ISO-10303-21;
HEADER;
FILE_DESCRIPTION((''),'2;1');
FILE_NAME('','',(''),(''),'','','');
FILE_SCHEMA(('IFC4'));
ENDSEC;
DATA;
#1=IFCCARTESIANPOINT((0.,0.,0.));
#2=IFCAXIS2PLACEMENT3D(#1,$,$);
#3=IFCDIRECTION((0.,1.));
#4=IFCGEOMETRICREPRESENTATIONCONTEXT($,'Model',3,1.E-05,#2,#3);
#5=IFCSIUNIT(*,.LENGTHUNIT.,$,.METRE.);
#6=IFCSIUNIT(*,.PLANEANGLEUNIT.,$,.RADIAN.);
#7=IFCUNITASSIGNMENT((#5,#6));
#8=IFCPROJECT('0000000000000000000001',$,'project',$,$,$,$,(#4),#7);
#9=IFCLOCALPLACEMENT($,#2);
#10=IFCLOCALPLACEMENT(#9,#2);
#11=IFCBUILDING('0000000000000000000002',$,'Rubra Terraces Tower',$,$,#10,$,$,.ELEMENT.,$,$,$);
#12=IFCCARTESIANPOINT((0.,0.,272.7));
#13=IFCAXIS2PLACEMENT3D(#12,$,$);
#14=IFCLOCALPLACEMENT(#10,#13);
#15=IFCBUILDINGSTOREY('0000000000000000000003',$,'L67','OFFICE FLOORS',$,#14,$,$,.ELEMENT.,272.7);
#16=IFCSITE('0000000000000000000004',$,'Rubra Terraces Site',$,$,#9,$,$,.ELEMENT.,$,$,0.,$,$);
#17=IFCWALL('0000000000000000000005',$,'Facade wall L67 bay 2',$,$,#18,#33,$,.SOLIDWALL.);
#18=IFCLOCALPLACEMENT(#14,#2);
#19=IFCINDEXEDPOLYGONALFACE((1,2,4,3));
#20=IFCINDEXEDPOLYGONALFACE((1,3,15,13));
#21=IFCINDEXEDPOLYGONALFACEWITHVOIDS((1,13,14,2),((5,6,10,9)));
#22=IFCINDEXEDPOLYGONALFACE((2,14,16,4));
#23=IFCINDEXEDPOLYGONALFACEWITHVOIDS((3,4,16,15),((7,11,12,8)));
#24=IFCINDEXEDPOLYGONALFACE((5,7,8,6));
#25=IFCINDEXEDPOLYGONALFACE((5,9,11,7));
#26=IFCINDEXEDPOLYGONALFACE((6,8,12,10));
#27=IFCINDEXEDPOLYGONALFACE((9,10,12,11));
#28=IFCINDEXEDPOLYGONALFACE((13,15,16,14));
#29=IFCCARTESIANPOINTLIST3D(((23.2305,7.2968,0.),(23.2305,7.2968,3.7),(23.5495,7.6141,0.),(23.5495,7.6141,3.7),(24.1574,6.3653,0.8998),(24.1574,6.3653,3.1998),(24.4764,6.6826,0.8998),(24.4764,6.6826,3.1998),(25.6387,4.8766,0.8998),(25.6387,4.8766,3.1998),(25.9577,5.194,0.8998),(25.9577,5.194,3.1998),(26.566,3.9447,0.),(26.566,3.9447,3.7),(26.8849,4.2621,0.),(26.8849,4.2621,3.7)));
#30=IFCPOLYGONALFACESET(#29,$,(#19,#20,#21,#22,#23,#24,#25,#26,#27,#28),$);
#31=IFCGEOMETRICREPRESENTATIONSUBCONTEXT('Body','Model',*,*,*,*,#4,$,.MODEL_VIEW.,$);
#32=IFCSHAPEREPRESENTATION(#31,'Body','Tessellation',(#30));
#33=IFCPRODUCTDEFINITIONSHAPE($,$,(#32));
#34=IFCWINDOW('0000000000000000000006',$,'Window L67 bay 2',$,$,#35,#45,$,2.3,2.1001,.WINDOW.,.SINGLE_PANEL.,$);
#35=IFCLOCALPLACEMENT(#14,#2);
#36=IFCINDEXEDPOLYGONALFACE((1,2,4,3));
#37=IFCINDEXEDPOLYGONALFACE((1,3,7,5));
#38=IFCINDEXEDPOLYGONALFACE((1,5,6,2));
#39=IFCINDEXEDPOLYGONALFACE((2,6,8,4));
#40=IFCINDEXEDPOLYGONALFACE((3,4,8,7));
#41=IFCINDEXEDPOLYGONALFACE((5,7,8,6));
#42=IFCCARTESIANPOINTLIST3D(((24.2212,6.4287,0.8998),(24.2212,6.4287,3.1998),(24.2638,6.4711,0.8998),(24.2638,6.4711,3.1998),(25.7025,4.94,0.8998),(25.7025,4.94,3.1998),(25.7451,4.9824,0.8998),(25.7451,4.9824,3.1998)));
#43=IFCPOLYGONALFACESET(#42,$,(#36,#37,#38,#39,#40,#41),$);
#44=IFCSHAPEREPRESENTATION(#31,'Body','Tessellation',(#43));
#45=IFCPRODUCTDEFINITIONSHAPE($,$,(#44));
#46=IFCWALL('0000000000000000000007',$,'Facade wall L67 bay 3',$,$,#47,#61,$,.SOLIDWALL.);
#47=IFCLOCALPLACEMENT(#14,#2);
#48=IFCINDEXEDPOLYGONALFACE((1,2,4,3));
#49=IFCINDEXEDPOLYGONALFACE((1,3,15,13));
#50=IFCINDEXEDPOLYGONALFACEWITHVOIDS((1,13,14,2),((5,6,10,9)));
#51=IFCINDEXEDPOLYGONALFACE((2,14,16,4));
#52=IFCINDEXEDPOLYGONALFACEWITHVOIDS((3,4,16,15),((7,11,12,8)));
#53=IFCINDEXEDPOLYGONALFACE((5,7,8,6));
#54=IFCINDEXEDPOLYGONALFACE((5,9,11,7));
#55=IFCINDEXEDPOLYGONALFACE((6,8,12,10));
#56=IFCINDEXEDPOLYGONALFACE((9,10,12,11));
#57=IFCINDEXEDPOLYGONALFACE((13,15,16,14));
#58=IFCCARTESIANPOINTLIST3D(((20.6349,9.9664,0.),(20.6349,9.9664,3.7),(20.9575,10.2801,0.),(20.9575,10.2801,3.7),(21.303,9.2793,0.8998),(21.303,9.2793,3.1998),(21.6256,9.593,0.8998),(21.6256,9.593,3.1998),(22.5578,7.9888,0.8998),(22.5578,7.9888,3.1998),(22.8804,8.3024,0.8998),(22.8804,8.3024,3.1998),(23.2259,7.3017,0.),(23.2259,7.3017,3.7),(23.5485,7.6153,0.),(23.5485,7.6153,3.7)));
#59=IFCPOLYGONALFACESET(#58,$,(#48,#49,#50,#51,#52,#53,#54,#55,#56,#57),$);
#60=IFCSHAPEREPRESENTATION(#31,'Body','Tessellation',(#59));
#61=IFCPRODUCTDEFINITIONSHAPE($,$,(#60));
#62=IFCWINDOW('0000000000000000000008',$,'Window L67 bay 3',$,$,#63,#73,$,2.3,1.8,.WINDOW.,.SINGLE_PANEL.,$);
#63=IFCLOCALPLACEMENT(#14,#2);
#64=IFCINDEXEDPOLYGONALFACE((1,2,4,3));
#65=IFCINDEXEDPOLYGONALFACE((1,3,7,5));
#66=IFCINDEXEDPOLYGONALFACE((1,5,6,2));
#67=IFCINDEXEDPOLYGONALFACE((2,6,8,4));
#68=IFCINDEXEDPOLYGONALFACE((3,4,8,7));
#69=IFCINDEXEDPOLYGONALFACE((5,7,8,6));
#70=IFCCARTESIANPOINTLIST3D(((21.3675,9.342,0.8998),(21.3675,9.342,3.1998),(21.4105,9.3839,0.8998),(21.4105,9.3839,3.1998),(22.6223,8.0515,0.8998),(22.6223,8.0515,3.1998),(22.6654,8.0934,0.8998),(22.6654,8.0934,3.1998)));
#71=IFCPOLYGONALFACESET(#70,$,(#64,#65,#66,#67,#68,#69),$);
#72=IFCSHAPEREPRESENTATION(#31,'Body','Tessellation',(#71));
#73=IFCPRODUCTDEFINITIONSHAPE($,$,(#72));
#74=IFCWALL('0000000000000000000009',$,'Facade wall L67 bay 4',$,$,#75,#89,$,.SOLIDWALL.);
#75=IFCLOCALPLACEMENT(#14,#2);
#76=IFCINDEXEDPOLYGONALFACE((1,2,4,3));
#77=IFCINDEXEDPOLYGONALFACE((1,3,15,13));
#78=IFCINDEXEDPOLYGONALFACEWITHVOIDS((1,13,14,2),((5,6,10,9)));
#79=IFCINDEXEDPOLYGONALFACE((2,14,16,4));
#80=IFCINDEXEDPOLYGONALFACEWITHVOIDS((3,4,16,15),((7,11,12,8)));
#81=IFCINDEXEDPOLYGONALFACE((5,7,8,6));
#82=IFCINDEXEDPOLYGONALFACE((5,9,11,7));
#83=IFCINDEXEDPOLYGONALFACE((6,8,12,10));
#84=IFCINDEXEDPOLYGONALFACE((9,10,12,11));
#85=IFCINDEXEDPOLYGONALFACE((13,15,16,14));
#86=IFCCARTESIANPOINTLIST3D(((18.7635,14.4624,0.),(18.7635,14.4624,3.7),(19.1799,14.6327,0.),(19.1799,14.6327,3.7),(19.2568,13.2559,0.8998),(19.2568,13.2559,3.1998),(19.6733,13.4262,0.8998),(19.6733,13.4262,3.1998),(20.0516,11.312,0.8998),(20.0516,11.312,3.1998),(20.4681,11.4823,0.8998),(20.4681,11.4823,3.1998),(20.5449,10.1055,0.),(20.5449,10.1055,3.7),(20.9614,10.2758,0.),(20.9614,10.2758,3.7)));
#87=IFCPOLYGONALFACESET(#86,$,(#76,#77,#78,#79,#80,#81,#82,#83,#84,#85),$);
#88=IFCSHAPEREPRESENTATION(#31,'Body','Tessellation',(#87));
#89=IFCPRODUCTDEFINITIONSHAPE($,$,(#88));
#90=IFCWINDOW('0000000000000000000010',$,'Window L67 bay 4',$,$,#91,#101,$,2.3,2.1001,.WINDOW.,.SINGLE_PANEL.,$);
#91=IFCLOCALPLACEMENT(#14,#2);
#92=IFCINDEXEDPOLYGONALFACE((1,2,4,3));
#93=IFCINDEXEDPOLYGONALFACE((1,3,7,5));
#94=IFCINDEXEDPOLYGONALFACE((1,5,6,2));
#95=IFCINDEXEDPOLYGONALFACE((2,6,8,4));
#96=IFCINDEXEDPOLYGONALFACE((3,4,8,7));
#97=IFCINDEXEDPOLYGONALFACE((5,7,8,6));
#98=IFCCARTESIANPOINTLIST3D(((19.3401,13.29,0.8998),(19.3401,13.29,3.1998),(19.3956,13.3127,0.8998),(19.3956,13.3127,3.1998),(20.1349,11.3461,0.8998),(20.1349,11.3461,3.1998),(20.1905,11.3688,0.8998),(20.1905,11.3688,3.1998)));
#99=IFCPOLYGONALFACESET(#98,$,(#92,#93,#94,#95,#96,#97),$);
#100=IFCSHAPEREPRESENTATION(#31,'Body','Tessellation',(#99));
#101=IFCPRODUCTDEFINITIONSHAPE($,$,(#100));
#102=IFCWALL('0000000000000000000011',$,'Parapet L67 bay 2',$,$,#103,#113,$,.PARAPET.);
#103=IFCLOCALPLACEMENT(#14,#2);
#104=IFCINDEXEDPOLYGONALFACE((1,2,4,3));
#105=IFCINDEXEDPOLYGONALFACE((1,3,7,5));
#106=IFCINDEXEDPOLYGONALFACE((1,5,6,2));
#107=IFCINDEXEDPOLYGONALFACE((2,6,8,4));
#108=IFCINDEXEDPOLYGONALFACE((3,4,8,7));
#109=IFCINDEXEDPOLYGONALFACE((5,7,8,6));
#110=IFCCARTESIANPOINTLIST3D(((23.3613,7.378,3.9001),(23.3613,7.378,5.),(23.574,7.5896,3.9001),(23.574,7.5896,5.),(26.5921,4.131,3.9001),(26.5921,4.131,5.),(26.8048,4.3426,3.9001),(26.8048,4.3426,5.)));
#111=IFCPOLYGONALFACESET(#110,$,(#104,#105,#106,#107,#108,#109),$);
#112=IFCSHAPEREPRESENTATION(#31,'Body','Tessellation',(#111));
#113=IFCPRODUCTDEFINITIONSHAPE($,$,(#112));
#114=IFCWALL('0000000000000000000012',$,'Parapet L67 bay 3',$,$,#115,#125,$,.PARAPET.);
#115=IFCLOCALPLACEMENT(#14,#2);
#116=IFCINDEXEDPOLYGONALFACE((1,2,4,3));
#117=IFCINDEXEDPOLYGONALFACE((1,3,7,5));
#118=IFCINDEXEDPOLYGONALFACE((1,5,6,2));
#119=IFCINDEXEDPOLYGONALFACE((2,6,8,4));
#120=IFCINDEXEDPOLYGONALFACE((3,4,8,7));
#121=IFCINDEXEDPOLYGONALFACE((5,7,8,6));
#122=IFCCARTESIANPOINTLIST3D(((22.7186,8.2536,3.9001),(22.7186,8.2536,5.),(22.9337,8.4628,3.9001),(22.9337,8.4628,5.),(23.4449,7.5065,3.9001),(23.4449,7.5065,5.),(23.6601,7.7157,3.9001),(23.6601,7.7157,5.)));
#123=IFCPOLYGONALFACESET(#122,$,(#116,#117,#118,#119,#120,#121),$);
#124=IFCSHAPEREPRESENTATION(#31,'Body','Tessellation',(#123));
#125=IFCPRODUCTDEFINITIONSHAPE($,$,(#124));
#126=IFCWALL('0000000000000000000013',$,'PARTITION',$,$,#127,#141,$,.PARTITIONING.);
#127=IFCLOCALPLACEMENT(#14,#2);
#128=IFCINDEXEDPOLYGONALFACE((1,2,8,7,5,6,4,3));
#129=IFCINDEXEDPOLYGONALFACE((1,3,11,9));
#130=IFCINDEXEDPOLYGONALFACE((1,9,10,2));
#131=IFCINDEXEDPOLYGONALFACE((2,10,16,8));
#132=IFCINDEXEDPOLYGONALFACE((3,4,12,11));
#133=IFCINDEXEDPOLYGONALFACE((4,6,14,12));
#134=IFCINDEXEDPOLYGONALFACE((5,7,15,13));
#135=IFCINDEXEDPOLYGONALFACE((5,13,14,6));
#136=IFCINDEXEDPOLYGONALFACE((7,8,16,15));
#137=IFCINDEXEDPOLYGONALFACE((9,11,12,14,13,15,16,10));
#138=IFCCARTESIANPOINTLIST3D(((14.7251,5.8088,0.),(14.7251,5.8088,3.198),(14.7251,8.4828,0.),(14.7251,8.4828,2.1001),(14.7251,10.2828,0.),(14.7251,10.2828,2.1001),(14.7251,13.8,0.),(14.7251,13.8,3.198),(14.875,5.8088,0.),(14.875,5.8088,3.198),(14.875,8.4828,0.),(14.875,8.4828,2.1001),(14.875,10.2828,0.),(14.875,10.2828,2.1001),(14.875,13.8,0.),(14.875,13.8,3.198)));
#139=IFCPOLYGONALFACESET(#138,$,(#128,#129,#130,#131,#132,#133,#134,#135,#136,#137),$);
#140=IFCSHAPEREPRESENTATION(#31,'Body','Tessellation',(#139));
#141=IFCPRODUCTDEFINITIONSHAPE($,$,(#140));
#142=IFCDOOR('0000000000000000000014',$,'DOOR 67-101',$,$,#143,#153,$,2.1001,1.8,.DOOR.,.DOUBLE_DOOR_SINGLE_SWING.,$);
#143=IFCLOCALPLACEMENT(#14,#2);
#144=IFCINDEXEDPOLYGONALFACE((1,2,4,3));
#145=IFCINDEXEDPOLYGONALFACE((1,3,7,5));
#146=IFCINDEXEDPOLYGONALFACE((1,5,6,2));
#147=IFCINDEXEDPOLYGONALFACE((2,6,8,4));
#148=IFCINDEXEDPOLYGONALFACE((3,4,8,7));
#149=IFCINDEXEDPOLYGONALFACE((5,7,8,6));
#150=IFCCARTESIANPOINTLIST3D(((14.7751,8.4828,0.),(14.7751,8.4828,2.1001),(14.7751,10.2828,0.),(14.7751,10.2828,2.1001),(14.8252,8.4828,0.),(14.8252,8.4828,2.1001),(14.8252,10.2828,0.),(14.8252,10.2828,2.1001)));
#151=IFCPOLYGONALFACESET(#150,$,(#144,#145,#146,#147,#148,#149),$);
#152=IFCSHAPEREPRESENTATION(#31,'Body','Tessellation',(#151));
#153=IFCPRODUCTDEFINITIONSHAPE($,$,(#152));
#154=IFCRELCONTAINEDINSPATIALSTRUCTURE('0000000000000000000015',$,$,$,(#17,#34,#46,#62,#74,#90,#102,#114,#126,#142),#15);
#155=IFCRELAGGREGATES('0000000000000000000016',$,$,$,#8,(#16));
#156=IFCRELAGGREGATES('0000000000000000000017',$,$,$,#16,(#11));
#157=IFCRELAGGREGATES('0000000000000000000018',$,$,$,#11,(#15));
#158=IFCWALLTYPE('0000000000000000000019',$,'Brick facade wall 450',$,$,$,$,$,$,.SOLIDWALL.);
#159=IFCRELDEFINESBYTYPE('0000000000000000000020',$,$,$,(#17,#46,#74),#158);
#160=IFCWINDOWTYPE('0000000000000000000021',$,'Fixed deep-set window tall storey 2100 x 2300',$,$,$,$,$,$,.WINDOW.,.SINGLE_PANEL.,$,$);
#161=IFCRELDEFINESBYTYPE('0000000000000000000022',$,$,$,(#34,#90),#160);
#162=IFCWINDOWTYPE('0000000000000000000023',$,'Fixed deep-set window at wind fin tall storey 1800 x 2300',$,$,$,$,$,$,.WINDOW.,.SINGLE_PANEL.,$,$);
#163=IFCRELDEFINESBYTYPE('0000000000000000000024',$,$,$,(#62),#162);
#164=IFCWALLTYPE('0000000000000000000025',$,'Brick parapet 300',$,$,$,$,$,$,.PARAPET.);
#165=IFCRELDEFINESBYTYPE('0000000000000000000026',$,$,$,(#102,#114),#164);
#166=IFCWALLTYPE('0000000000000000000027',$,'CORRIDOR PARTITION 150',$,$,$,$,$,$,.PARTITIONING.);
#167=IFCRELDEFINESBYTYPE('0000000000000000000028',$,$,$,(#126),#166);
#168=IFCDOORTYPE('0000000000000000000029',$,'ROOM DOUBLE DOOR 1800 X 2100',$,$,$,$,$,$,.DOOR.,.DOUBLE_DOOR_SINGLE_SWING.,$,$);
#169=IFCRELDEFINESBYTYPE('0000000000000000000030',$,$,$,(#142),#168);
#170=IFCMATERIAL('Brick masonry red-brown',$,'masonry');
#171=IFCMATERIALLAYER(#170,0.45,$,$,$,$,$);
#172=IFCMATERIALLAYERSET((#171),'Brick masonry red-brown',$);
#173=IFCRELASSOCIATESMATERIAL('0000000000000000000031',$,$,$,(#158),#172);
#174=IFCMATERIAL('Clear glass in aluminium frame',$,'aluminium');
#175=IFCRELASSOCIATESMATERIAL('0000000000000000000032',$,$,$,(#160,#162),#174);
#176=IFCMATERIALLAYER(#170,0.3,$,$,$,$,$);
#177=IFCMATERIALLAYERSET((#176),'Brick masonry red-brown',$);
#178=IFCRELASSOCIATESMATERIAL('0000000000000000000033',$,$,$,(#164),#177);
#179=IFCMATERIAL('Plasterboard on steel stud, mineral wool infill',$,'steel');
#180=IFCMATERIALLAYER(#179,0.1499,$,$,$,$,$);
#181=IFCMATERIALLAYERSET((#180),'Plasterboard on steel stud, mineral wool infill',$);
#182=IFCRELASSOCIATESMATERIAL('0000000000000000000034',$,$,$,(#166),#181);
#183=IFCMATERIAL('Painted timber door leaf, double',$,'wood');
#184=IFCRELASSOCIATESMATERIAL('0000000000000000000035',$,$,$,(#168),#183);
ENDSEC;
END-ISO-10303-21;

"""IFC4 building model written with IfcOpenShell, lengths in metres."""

from ifc_helpers import new_model, si_unit, direction, frame, frame_2d, origin, place, context, subcontext, project, spatial, rectangle, extrude, material, layer, layer_set, type_object, element, fill, save


model = new_model("IFC4")

# Units and contexts
model_context = context("Model", 3, precision=1e-05, world=origin(), true_north=direction((0.0, 1.0)))
body_context = subcontext(model_context, "Body", "Model", "MODEL_VIEW")
ifc_project = project(units=[si_unit("LENGTHUNIT", "METRE"), si_unit("PLANEANGLEUNIT", "RADIAN")], contexts=[model_context])

# Site, building, storey
site_placement = place(None, origin())
site = spatial("IfcSite", under=ifc_project, at=site_placement, Name="Rubra Terraces Site", CompositionType="ELEMENT", RefElevation=0.0)
building_placement = place(site_placement, origin())
building = spatial("IfcBuilding", under=site, at=building_placement, Name="Rubra Terraces Tower", CompositionType="ELEMENT")
storey_placement = place(building_placement, frame((0.0, 0.0, 272.7)))
storey = spatial("IfcBuildingStorey", under=building, at=storey_placement, Name="L67", Description="OFFICE FLOORS", CompositionType="ELEMENT", Elevation=272.7)

# Walls, openings, windows
ifc_material_1 = material(Name="Brick masonry red-brown", Category="masonry")
ifc_layer_1 = layer(ifc_material_1, 0.45)
ifc_layer_set_1 = layer_set([ifc_layer_1], Name="Brick masonry red-brown")
wall_type_1 = type_object("IfcWallType", Name="Brick facade wall 450", PredefinedType="SOLIDWALL", material=ifc_layer_set_1)
wall_1_placement = place(storey_placement, frame((26.7253, 4.1035, 0.0), z_axis=(0.0, 0.0, 1.0), x_axis=(-0.705349, 0.70886, 0.0)))
wall_1 = element("IfcWall", 1, at=wall_1_placement, inside=storey, type_object=wall_type_1, Name="Facade wall L67 bay 2", PredefinedType="SOLIDWALL", context=body_context, shape_type="SweptSolid", body=[
    extrude(rectangle(XDim=4.7288, YDim=0.45, at=frame_2d((2.3643, 0.0))), origin(), (0.0, 0.0, 1.0), 3.7),
])
opening_1_placement = place(wall_1_placement, frame((1.3145, 0.0, 0.8999)))
opening_1 = element("IfcOpeningElement", 2, at=opening_1_placement, cuts=wall_1, PredefinedType="OPENING", context=body_context, shape_type="SweptSolid", body=[
    extrude(rectangle(XDim=2.1001, YDim=2.3, at=frame_2d((1.05, 1.1499))), frame((0.0, 0.2349, 0.0), z_axis=(0.0, -1.0, 0.0), x_axis=(1.0, 0.0, 0.0)), (0.0, 0.0, 1.0), 0.47),
])
ifc_material_2 = material(Name="Clear glass in aluminium frame", Category="aluminium")
window_type_1 = type_object("IfcWindowType", Name="Fixed deep-set window tall storey 2100 x 2300", PartitioningType="SINGLE_PANEL", PredefinedType="WINDOW", material=ifc_material_2)
window_1_placement = place(opening_1_placement, origin())
window_1 = element("IfcWindow", 3, at=window_1_placement, inside=storey, type_object=window_type_1, Name="Window L67 bay 2", OverallHeight=2.3, OverallWidth=2.1001, PartitioningType="SINGLE_PANEL", PredefinedType="WINDOW", context=body_context, shape_type="SweptSolid", body=[
    extrude(rectangle(XDim=2.1001, YDim=2.3, at=frame_2d((1.05, 1.1499))), frame((0.0, 0.135, 0.0), z_axis=(0.0, -1.0, 0.0), x_axis=(1.0, 0.0, 0.0)), (0.0, 0.0, 1.0), 0.0601),
])
fill(opening_1, window_1)
wall_2_placement = place(storey_placement, frame((23.3872, 7.4585, 0.0), z_axis=(0.0, 0.0, 1.0), x_axis=(-0.697119, 0.716956, 0.0)))
wall_2 = element("IfcWall", 4, at=wall_2_placement, inside=storey, type_object=wall_type_1, Name="Facade wall L67 bay 3", PredefinedType="SOLIDWALL", context=body_context, shape_type="SweptSolid", body=[
    extrude(rectangle(XDim=3.7168, YDim=0.45, at=frame_2d((1.8584, 0.0))), origin(), (0.0, 0.0, 1.0), 3.7),
])
opening_2_placement = place(wall_2_placement, frame((0.9585, 0.0, 0.8999)))
opening_2 = element("IfcOpeningElement", 5, at=opening_2_placement, cuts=wall_2, PredefinedType="OPENING", context=body_context, shape_type="SweptSolid", body=[
    extrude(rectangle(XDim=1.8, YDim=2.3, at=frame_2d((0.8999, 1.1499))), frame((0.0, 0.2349, 0.0), z_axis=(0.0, -1.0, 0.0), x_axis=(1.0, 0.0, 0.0)), (0.0, 0.0, 1.0), 0.47),
])
window_type_2 = type_object("IfcWindowType", Name="Fixed deep-set window at wind fin tall storey 1800 x 2300", PartitioningType="SINGLE_PANEL", PredefinedType="WINDOW", material=ifc_material_2)
window_2_placement = place(opening_2_placement, origin())
window_2 = element("IfcWindow", 6, at=window_2_placement, inside=storey, type_object=window_type_2, Name="Window L67 bay 3", OverallHeight=2.3, OverallWidth=1.8, PartitioningType="SINGLE_PANEL", PredefinedType="WINDOW", context=body_context, shape_type="SweptSolid", body=[
    extrude(rectangle(XDim=1.8, YDim=2.3, at=frame_2d((0.8999, 1.1499))), frame((0.0, 0.135, 0.0), z_axis=(0.0, -1.0, 0.0), x_axis=(1.0, 0.0, 0.0)), (0.0, 0.0, 1.0), 0.0601),
])
fill(opening_2, window_2)
wall_3_placement = place(storey_placement, frame((20.7532, 10.1907, 0.0), z_axis=(0.0, 0.0, 1.0), x_axis=(-0.378471, 0.925613, 0.0)))
wall_3 = element("IfcWall", 7, at=wall_3_placement, inside=storey, type_object=wall_type_1, Name="Facade wall L67 bay 4", PredefinedType="SOLIDWALL", context=body_context, shape_type="SweptSolid", body=[
    extrude(rectangle(XDim=4.707, YDim=0.45, at=frame_2d((2.3535, 0.0))), origin(), (0.0, 0.0, 1.0), 3.7),
])
opening_3_placement = place(wall_3_placement, frame((1.3035, 0.0, 0.8999)))
opening_3 = element("IfcOpeningElement", 8, at=opening_3_placement, cuts=wall_3, PredefinedType="OPENING", context=body_context, shape_type="SweptSolid", body=[
    extrude(rectangle(XDim=2.1001, YDim=2.3, at=frame_2d((1.05, 1.1499))), frame((0.0, 0.2349, 0.0), z_axis=(0.0, -1.0, 0.0), x_axis=(1.0, 0.0, 0.0)), (0.0, 0.0, 1.0), 0.47),
])
window_3_placement = place(opening_3_placement, origin())
window_3 = element("IfcWindow", 9, at=window_3_placement, inside=storey, type_object=window_type_1, Name="Window L67 bay 4", OverallHeight=2.3, OverallWidth=2.1001, PartitioningType="SINGLE_PANEL", PredefinedType="WINDOW", context=body_context, shape_type="SweptSolid", body=[
    extrude(rectangle(XDim=2.1001, YDim=2.3, at=frame_2d((1.05, 1.1499))), frame((0.0, 0.135, 0.0), z_axis=(0.0, -1.0, 0.0), x_axis=(1.0, 0.0, 0.0)), (0.0, 0.0, 1.0), 0.0601),
])
fill(opening_3, window_3)

# Walls
ifc_layer_2 = layer(ifc_material_1, 0.3)
ifc_layer_set_2 = layer_set([ifc_layer_2], Name="Brick masonry red-brown")
wall_type_2 = type_object("IfcWallType", Name="Brick parapet 300", PredefinedType="PARAPET", material=ifc_layer_set_2)
wall_4_placement = place(storey_placement, frame((26.6985, 4.2368, 3.9001), z_axis=(0.0, 0.0, 1.0), x_axis=(-0.705346, 0.708863, 0.0)))
element("IfcWall", 10, at=wall_4_placement, inside=storey, type_object=wall_type_2, Name="Parapet L67 bay 2", PredefinedType="PARAPET", context=body_context, shape_type="SweptSolid", body=[
    extrude(rectangle(XDim=4.5806, YDim=0.3, at=frame_2d((2.2903, 0.0))), origin(), (0.0, 0.0, 1.0), 1.0999),
])
wall_5_placement = place(storey_placement, frame((23.5525, 7.6111, 3.9001), z_axis=(0.0, 0.0, 1.0), x_axis=(-0.697078, 0.716995, 0.0)))
element("IfcWall", 11, at=wall_5_placement, inside=storey, type_object=wall_type_2, Name="Parapet L67 bay 3", PredefinedType="PARAPET", context=body_context, shape_type="SweptSolid", body=[
    extrude(rectangle(XDim=1.042, YDim=0.3, at=frame_2d((0.521, 0.0))), origin(), (0.0, 0.0, 1.0), 1.0999),
])

# Wall, opening, door
ifc_material_3 = material(Name="Plasterboard on steel stud, mineral wool infill", Category="steel")
ifc_layer_3 = layer(ifc_material_3, 0.1499)
ifc_layer_set_3 = layer_set([ifc_layer_3], Name="Plasterboard on steel stud, mineral wool infill")
wall_type_3 = type_object("IfcWallType", Name="CORRIDOR PARTITION 150", PredefinedType="PARTITIONING", material=ifc_layer_set_3)
wall_6_placement = place(storey_placement, frame((14.8, 5.8088, 0.0), z_axis=(0.0, 0.0, 1.0), x_axis=(0.0, 1.0, 0.0)))
wall_6 = element("IfcWall", 12, at=wall_6_placement, inside=storey, type_object=wall_type_3, Name="PARTITION", PredefinedType="PARTITIONING", context=body_context, shape_type="SweptSolid", body=[
    extrude(rectangle(XDim=7.9912, YDim=0.1499, at=frame_2d((3.9956, 0.0))), origin(), (0.0, 0.0, 1.0), 3.198),
])
opening_4_placement = place(wall_6_placement, frame((2.6741, 0.0, 0.0)))
opening_4 = element("IfcOpeningElement", 13, at=opening_4_placement, cuts=wall_6, PredefinedType="OPENING", context=body_context, shape_type="SweptSolid", body=[
    extrude(rectangle(XDim=1.8, YDim=2.1001, at=frame_2d((0.8999, 1.05))), frame((0.0, 0.085, 0.0), z_axis=(0.0, -1.0, 0.0), x_axis=(1.0, 0.0, 0.0)), (0.0, 0.0, 1.0), 0.1699),
])
ifc_material_4 = material(Name="Painted timber door leaf, double", Category="wood")
door_type_1 = type_object("IfcDoorType", Name="ROOM DOUBLE DOOR 1800 X 2100", OperationType="DOUBLE_DOOR_SINGLE_SWING", PredefinedType="DOOR", material=ifc_material_4)
door_1_placement = place(opening_4_placement, origin())
door_1 = element("IfcDoor", 14, at=door_1_placement, inside=storey, type_object=door_type_1, Name="DOOR 67-101", OperationType="DOUBLE_DOOR_SINGLE_SWING", OverallHeight=2.1001, OverallWidth=1.8, PredefinedType="DOOR", context=body_context, shape_type="SweptSolid", body=[
    extrude(rectangle(XDim=1.8, YDim=2.1001, at=frame_2d((0.8999, 1.05))), frame((0.0, 0.0249, 0.0), z_axis=(0.0, -1.0, 0.0), x_axis=(1.0, 0.0, 0.0)), (0.0, 0.0, 1.0), 0.05),
])
fill(opening_4, door_1)

save(model, "model.ifc")
